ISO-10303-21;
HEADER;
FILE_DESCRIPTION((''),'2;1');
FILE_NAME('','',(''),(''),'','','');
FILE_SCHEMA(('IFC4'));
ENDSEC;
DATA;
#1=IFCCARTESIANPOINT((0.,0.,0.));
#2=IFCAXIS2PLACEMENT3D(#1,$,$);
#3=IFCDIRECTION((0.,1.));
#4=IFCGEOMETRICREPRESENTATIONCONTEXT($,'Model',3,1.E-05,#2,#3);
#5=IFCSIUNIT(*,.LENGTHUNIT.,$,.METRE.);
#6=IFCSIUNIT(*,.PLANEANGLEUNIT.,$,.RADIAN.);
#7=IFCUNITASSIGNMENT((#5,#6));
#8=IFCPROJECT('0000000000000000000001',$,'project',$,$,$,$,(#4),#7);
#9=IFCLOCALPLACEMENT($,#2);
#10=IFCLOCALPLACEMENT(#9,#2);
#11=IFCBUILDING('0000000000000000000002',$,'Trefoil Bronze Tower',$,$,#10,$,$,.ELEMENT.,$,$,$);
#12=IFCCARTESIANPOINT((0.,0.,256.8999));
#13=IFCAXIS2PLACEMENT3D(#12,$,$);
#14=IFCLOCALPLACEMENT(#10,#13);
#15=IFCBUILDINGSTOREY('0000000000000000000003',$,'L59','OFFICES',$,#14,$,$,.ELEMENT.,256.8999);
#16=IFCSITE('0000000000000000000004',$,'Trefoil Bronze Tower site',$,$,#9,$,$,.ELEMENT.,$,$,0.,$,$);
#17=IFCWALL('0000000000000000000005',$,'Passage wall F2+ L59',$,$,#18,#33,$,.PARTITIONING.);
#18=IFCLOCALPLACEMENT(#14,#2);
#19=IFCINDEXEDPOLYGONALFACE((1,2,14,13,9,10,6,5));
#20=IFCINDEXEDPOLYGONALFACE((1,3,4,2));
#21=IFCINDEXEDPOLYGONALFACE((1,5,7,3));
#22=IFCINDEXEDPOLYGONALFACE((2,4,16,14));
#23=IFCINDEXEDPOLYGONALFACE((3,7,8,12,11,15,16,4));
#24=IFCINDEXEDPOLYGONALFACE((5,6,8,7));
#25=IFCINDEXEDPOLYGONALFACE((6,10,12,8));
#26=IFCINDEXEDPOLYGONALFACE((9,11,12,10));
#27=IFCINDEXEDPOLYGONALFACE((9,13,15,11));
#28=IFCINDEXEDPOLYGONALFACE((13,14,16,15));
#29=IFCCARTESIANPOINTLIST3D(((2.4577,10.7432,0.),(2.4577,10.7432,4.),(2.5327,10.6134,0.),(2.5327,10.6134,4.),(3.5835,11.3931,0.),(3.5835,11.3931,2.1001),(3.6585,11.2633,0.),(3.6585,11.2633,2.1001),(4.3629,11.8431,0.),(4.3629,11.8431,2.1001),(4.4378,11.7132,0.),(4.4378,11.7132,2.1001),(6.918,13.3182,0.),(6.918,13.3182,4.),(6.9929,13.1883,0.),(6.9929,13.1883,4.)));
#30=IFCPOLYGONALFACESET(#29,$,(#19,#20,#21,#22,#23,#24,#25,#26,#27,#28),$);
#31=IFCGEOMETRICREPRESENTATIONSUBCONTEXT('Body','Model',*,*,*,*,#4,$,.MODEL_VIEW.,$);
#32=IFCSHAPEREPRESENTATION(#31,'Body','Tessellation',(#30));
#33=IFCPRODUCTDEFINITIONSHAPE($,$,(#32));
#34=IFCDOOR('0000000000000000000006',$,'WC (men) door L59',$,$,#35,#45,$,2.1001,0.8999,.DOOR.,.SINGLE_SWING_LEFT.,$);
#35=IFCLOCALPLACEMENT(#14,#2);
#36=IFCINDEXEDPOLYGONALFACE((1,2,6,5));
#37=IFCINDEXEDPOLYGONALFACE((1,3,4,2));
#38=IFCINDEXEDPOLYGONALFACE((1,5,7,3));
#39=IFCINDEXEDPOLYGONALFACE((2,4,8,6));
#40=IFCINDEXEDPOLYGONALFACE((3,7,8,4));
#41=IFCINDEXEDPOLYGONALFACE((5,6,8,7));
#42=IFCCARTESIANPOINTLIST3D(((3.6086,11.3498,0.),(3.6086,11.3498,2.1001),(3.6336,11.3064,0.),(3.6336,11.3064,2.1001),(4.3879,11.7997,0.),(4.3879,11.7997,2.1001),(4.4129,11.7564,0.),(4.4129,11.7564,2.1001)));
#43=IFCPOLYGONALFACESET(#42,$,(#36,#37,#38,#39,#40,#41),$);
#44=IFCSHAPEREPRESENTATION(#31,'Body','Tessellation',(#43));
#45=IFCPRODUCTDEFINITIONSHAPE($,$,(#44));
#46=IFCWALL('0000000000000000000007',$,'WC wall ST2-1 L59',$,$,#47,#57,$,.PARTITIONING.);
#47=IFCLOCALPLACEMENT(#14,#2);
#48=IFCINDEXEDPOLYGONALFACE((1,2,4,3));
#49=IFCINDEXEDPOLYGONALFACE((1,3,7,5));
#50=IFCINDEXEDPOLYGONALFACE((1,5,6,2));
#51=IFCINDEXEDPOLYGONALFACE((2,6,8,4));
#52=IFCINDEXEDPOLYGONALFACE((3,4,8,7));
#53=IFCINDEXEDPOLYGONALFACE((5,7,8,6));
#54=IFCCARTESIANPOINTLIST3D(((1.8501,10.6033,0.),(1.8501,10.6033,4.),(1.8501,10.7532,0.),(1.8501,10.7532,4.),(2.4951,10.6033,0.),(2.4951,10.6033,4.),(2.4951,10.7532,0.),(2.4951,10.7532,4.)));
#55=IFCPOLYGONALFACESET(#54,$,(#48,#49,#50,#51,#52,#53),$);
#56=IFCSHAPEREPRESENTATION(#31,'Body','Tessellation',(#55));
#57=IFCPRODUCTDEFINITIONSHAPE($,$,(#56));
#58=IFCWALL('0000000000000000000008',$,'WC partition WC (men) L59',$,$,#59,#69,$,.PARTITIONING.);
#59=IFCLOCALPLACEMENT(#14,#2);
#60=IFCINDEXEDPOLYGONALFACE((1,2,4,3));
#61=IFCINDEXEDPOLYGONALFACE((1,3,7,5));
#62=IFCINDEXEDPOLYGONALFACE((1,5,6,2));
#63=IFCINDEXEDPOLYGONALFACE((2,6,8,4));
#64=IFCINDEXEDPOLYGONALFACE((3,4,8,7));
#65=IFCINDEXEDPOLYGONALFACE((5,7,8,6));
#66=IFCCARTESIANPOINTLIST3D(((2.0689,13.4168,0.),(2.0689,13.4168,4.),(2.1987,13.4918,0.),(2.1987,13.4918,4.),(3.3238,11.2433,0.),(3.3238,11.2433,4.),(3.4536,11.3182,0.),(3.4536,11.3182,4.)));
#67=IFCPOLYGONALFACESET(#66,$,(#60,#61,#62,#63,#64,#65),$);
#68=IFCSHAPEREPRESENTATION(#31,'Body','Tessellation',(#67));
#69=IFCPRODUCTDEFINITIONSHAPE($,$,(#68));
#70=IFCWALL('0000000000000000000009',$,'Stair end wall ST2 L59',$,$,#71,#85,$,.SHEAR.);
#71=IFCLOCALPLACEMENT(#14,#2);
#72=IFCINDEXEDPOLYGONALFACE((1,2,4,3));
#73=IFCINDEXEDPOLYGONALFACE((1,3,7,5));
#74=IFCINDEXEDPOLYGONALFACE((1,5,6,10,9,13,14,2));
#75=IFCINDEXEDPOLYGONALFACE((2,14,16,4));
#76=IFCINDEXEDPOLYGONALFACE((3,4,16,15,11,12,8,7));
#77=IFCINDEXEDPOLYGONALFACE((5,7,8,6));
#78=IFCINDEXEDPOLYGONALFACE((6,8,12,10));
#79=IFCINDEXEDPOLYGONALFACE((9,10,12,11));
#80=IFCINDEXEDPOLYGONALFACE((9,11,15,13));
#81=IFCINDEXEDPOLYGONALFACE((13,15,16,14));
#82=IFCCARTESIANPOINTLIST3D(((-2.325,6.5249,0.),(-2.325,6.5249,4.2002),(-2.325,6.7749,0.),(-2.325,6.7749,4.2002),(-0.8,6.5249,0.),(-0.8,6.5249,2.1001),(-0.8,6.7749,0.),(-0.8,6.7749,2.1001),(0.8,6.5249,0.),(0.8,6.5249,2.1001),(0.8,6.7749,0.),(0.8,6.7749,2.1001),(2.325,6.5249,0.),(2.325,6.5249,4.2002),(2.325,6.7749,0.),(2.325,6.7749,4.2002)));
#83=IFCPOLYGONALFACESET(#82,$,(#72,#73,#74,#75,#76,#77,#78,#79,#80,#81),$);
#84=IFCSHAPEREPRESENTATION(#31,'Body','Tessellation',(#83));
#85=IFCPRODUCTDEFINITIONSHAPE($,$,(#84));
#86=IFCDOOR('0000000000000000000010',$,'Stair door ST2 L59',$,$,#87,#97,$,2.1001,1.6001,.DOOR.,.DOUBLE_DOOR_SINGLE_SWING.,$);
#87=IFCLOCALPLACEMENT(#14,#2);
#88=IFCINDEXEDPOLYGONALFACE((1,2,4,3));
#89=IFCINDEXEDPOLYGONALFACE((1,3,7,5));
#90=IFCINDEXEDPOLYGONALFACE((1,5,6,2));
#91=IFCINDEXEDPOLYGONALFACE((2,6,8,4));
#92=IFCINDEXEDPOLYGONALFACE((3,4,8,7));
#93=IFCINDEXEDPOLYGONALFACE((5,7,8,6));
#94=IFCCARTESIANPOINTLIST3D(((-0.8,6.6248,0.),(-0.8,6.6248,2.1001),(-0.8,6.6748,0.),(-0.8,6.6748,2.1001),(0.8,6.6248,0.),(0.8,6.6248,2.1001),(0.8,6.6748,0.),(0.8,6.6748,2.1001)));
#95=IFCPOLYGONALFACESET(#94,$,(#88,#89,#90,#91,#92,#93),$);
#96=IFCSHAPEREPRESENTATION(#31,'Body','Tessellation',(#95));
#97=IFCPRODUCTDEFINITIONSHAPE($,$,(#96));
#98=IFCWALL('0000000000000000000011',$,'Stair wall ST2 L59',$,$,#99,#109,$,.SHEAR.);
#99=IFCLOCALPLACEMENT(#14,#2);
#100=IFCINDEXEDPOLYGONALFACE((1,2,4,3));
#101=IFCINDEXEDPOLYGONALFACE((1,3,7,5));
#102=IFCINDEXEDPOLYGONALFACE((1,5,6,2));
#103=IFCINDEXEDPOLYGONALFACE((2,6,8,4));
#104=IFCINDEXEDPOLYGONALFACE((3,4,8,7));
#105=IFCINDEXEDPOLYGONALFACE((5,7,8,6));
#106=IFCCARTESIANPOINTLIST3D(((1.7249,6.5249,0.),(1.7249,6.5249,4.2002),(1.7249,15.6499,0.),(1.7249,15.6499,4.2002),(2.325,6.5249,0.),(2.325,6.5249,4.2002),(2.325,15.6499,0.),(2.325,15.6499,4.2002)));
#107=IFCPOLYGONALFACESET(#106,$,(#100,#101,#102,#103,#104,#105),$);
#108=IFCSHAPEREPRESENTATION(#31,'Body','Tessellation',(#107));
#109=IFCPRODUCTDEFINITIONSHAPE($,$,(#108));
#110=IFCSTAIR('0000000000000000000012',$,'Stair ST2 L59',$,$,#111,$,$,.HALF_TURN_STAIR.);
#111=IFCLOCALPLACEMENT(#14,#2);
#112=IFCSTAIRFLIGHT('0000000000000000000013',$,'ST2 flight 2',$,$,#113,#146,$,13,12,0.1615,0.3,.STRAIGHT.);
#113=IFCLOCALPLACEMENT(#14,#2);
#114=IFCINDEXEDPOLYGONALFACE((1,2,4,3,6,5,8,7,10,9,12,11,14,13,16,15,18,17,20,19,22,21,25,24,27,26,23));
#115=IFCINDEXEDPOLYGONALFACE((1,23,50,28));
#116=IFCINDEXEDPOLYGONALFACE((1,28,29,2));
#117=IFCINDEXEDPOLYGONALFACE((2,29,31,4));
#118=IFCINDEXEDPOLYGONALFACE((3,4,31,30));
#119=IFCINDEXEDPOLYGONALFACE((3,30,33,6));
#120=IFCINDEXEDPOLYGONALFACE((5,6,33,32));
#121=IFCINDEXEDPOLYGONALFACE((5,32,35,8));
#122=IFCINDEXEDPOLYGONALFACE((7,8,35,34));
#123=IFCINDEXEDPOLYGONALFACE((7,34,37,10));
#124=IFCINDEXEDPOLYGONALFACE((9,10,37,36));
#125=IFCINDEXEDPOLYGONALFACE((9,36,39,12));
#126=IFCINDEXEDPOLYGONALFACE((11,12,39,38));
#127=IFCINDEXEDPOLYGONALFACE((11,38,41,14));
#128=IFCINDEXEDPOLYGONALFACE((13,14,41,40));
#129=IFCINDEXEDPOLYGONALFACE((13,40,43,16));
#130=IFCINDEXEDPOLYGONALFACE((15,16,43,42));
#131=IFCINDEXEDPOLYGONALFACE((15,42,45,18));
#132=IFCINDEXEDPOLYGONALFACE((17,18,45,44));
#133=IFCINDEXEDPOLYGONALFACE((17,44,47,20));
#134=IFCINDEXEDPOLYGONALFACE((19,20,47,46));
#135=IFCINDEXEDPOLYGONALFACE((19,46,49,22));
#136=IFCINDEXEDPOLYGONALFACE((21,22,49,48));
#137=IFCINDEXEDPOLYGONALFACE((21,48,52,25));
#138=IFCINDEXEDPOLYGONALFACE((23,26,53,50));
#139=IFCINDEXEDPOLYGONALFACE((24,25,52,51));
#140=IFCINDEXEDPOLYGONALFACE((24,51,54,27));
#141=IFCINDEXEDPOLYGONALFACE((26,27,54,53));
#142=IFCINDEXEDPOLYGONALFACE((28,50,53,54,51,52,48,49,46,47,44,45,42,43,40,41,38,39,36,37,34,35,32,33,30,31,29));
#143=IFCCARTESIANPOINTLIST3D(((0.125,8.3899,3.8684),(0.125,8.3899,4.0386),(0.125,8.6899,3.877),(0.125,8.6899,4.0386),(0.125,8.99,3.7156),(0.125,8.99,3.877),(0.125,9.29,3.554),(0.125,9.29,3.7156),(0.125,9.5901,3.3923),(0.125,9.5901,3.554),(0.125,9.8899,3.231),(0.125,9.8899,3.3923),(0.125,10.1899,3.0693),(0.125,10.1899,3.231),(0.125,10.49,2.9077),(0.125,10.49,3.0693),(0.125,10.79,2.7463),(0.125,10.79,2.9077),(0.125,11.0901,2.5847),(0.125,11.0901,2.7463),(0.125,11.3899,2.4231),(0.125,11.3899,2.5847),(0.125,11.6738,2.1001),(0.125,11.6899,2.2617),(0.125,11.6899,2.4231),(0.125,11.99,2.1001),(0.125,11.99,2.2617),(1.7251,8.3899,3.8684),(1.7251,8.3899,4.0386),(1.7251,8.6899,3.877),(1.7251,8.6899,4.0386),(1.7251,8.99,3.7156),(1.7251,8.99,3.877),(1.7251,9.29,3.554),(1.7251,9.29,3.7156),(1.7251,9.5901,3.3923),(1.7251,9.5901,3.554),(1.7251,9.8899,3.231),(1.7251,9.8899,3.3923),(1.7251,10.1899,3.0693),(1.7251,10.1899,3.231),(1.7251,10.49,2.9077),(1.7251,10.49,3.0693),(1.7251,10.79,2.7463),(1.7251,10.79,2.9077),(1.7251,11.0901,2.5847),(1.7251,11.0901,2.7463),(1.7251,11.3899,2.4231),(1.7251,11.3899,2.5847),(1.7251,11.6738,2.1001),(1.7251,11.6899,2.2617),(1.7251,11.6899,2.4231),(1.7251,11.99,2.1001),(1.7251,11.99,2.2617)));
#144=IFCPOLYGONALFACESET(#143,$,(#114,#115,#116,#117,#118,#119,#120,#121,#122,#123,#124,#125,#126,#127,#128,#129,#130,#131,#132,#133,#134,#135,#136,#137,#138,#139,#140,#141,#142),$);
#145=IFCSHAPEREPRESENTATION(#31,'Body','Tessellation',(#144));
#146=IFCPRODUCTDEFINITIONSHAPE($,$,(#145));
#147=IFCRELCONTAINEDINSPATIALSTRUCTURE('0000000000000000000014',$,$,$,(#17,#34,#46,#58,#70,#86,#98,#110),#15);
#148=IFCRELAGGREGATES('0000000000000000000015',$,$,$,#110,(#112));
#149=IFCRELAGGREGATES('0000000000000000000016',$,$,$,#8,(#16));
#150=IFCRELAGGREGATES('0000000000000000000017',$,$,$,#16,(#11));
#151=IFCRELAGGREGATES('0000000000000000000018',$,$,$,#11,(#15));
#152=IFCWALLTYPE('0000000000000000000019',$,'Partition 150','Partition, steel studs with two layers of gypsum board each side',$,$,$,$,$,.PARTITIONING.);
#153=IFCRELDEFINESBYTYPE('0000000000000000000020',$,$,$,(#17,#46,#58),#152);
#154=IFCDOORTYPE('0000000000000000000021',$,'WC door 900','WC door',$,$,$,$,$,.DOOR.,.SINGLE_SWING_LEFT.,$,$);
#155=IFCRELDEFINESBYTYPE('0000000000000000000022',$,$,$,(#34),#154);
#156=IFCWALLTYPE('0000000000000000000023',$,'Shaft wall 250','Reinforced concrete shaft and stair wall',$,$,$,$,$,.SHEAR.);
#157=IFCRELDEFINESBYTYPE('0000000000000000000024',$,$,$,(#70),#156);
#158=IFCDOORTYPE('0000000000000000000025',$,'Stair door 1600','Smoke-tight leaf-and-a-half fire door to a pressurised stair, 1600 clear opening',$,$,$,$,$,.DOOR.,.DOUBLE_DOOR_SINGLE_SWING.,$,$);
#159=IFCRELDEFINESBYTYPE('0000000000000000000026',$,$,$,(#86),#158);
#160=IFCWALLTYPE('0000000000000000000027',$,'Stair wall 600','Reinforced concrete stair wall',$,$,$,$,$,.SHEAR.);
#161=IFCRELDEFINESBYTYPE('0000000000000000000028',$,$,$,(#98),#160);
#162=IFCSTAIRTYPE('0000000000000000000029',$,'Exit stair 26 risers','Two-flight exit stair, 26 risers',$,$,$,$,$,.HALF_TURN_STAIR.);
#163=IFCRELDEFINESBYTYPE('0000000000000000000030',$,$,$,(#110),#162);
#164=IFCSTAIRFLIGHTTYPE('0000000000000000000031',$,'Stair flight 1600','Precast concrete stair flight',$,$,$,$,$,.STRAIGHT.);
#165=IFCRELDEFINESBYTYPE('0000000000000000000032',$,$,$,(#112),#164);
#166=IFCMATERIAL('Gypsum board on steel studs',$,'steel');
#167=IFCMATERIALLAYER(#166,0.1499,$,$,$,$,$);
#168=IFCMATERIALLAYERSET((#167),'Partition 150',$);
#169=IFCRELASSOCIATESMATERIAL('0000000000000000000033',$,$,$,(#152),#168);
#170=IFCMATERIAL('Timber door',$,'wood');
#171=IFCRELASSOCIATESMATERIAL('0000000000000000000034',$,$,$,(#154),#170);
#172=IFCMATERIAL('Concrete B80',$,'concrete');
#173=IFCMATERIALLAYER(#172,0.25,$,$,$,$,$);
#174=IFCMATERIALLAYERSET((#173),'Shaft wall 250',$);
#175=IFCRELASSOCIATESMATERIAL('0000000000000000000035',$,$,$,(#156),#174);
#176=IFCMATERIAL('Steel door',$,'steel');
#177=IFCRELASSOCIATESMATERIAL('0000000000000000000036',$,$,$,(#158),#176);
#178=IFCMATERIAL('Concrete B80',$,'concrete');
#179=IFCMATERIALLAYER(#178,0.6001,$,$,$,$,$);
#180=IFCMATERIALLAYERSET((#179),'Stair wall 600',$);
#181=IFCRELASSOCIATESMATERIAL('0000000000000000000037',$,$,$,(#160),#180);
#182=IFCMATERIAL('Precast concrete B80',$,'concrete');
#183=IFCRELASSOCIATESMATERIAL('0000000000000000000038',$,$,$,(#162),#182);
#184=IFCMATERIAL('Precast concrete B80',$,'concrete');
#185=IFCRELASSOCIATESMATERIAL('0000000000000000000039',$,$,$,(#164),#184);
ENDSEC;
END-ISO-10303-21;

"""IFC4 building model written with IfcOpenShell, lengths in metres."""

from ifc_helpers import new_model, si_unit, direction, frame, frame_2d, origin, place, context, subcontext, project, spatial, polyline, rectangle, outline, extrude, material, layer, layer_set, type_object, element, fill, aggregate, save


model = new_model("IFC4")

# Units and contexts
model_context = context("Model", 3, precision=1e-05, world=origin(), true_north=direction((0.0, 1.0)))
body_context = subcontext(model_context, "Body", "Model", "MODEL_VIEW")
ifc_project = project(units=[si_unit("LENGTHUNIT", "METRE"), si_unit("PLANEANGLEUNIT", "RADIAN")], contexts=[model_context])

# Site, building, storey
site_placement = place(None, origin())
site = spatial("IfcSite", under=ifc_project, at=site_placement, Name="Trefoil Bronze Tower site", CompositionType="ELEMENT", RefElevation=0.0)
building_placement = place(site_placement, origin())
building = spatial("IfcBuilding", under=site, at=building_placement, Name="Trefoil Bronze Tower", CompositionType="ELEMENT")
storey_placement = place(building_placement, frame((0.0, 0.0, 256.8999)))
storey = spatial("IfcBuildingStorey", under=building, at=storey_placement, Name="L59", Description="OFFICES", CompositionType="ELEMENT", Elevation=256.8999)

# Wall, opening, door
ifc_material_1 = material(Name="Gypsum board on steel studs", Category="steel")
ifc_layer_1 = layer(ifc_material_1, 0.1499)
ifc_layer_set_1 = layer_set([ifc_layer_1], Name="Partition 150")
wall_type_1 = type_object("IfcWallType", Name="Partition 150", Description="Partition, steel studs with two layers of gypsum board each side", PredefinedType="PARTITIONING", material=ifc_layer_set_1)
wall_1_placement = place(storey_placement, frame((2.4951, 10.6782, 0.0), z_axis=(0.0, 0.0, 1.0), x_axis=(0.866038, 0.499978, 0.0)))
wall_1 = element("IfcWall", 1, at=wall_1_placement, inside=storey, type_object=wall_type_1, Name="Passage wall F2+ L59", PredefinedType="PARTITIONING", context=body_context, shape_type="SweptSolid", body=[
    extrude(rectangle(XDim=5.1501, YDim=0.1499, at=frame_2d((2.5752, 0.0))), origin(), (0.0, 0.0, 1.0), 4.0),
])
opening_1_placement = place(wall_1_placement, frame((1.3, 0.0, 0.0)))
opening_1 = element("IfcOpeningElement", 2, at=opening_1_placement, cuts=wall_1, PredefinedType="OPENING", context=body_context, shape_type="SweptSolid", body=[
    extrude(rectangle(XDim=0.8999, YDim=2.1001, at=frame_2d((0.45, 1.05))), frame((0.0, 0.085, 0.0), z_axis=(0.0, -1.0, 0.0), x_axis=(1.0, 0.0, 0.0)), (0.0, 0.0, 1.0), 0.1699),
])
ifc_material_2 = material(Name="Timber door", Category="wood")
door_type_1 = type_object("IfcDoorType", Name="WC door 900", Description="WC door", OperationType="SINGLE_SWING_LEFT", PredefinedType="DOOR", material=ifc_material_2)
door_1_placement = place(opening_1_placement, origin())
door_1 = element("IfcDoor", 3, at=door_1_placement, inside=storey, type_object=door_type_1, Name="WC (men) door L59", OperationType="SINGLE_SWING_LEFT", OverallHeight=2.1001, OverallWidth=0.8999, PredefinedType="DOOR", context=body_context, shape_type="SweptSolid", body=[
    extrude(rectangle(XDim=0.8999, YDim=2.1001, at=frame_2d((0.45, 1.05))), frame((0.0, 0.0249, 0.0), z_axis=(0.0, -1.0, 0.0), x_axis=(1.0, 0.0, 0.0)), (0.0, 0.0, 1.0), 0.05),
])
fill(opening_1, door_1)

# Walls
wall_2_placement = place(storey_placement, frame((2.4951, 10.6782, 0.0), z_axis=(0.0, 0.0, 1.0), x_axis=(-1.0, 0.0, 0.0)))
element("IfcWall", 4, at=wall_2_placement, inside=storey, type_object=wall_type_1, Name="WC wall ST2-1 L59", PredefinedType="PARTITIONING", context=body_context, shape_type="SweptSolid", body=[
    extrude(rectangle(XDim=0.645, YDim=0.1499, at=frame_2d((0.3225, 0.0))), origin(), (0.0, 0.0, 1.0), 4.0),
])
wall_3_placement = place(storey_placement, frame((3.3887, 11.2808, 0.0), z_axis=(0.0, 0.0, 1.0), x_axis=(-0.499989, 0.866032, 0.0)))
element("IfcWall", 5, at=wall_3_placement, inside=storey, type_object=wall_type_1, Name="WC partition WC (men) L59", PredefinedType="PARTITIONING", context=body_context, shape_type="SweptSolid", body=[
    extrude(rectangle(XDim=2.5098, YDim=0.1499, at=frame_2d((1.2549, 0.0))), origin(), (0.0, 0.0, 1.0), 4.0),
])

# Wall, opening, door
ifc_material_3 = material(Name="Concrete B80", Category="concrete")
ifc_layer_2 = layer(ifc_material_3, 0.25)
ifc_layer_set_2 = layer_set([ifc_layer_2], Name="Shaft wall 250")
wall_type_2 = type_object("IfcWallType", Name="Shaft wall 250", Description="Reinforced concrete shaft and stair wall", PredefinedType="SHEAR", material=ifc_layer_set_2)
wall_4_placement = place(storey_placement, frame((2.325, 6.6499, 0.0), z_axis=(0.0, 0.0, 1.0), x_axis=(-1.0, 0.0, 0.0)))
wall_4 = element("IfcWall", 6, at=wall_4_placement, inside=storey, type_object=wall_type_2, Name="Stair end wall ST2 L59", PredefinedType="SHEAR", context=body_context, shape_type="SweptSolid", body=[
    extrude(rectangle(XDim=4.6499, YDim=0.25, at=frame_2d((2.325, 0.0))), origin(), (0.0, 0.0, 1.0), 4.2002),
])
opening_2_placement = place(wall_4_placement, frame((1.5249, 0.0, 0.0)))
opening_2 = element("IfcOpeningElement", 7, at=opening_2_placement, cuts=wall_4, PredefinedType="OPENING", context=body_context, shape_type="SweptSolid", body=[
    extrude(rectangle(XDim=1.6001, YDim=2.1001, at=frame_2d((0.8, 1.05))), frame((0.0, 0.135, 0.0), z_axis=(0.0, -1.0, 0.0), x_axis=(1.0, 0.0, 0.0)), (0.0, 0.0, 1.0), 0.27),
])
ifc_material_4 = material(Name="Steel door", Category="steel")
door_type_2 = type_object("IfcDoorType", Name="Stair door 1600", Description="Smoke-tight leaf-and-a-half fire door to a pressurised stair, 1600 clear opening", OperationType="DOUBLE_DOOR_SINGLE_SWING", PredefinedType="DOOR", material=ifc_material_4)
door_2_placement = place(opening_2_placement, frame((1.6001, 0.0, 0.0), z_axis=(0.0, 0.0, 1.0), x_axis=(-1.0, 0.0, 0.0)))
door_2 = element("IfcDoor", 8, at=door_2_placement, inside=storey, type_object=door_type_2, Name="Stair door ST2 L59", OperationType="DOUBLE_DOOR_SINGLE_SWING", OverallHeight=2.1001, OverallWidth=1.6001, PredefinedType="DOOR", context=body_context, shape_type="SweptSolid", body=[
    extrude(rectangle(XDim=1.6001, YDim=2.1001, at=frame_2d((0.8, 1.05))), frame((0.0, 0.0249, 0.0), z_axis=(0.0, -1.0, 0.0), x_axis=(1.0, 0.0, 0.0)), (0.0, 0.0, 1.0), 0.05),
])
fill(opening_2, door_2)

# Wall
ifc_material_5 = material(Name="Concrete B80", Category="concrete")
ifc_layer_3 = layer(ifc_material_5, 0.6001)
ifc_layer_set_3 = layer_set([ifc_layer_3], Name="Stair wall 600")
wall_type_3 = type_object("IfcWallType", Name="Stair wall 600", Description="Reinforced concrete stair wall", PredefinedType="SHEAR", material=ifc_layer_set_3)
wall_5_placement = place(storey_placement, frame((2.0249, 6.5249, 0.0), z_axis=(0.0, 0.0, 1.0), x_axis=(0.0, 1.0, 0.0)))
element("IfcWall", 9, at=wall_5_placement, inside=storey, type_object=wall_type_3, Name="Stair wall ST2 L59", PredefinedType="SHEAR", context=body_context, shape_type="SweptSolid", body=[
    extrude(rectangle(XDim=9.125, YDim=0.6001, at=frame_2d((4.5625, 0.0))), origin(), (0.0, 0.0, 1.0), 4.2002),
])

# Stair, stair flight
ifc_material_6 = material(Name="Precast concrete B80", Category="concrete")
stair_type = type_object("IfcStairType", Name="Exit stair 26 risers", Description="Two-flight exit stair, 26 risers", PredefinedType="HALF_TURN_STAIR", material=ifc_material_6)
stair_placement = place(storey_placement, origin())
stair = element("IfcStair", 10, at=stair_placement, inside=storey, type_object=stair_type, Name="Stair ST2 L59", PredefinedType="HALF_TURN_STAIR")
ifc_material_7 = material(Name="Precast concrete B80", Category="concrete")
stair_flight_type = type_object("IfcStairFlightType", Name="Stair flight 1600", Description="Precast concrete stair flight", PredefinedType="STRAIGHT", material=ifc_material_7)
stair_flight_placement = place(storey_placement, frame((0.925, 11.99, 2.1001), z_axis=(0.0, 0.0, 1.0), x_axis=(0.0, -1.0, 0.0)))
stair_flight = element("IfcStairFlight", 11, at=stair_flight_placement, type_object=stair_flight_type, Name="ST2 flight 2", NumberOfRisers=13, NumberOfTreads=12, PredefinedType="STRAIGHT", RiserHeight=0.1615, TreadLength=0.3, context=body_context, shape_type="SweptSolid", body=[
    extrude(outline(polyline([(0.0, 0.0), (0.0, 0.1616), (0.3, 0.1616), (0.3, 0.323), (0.6001, 0.323), (0.6001, 0.4846), (0.8999, 0.4846), (0.8999, 0.6462), (1.2, 0.6462), (1.2, 0.8076), (1.5, 0.8076), (1.5, 0.9692), (1.8, 0.9692), (1.8, 1.1309), (2.1001, 1.1309), (2.1001, 1.2922), (2.3999, 1.2922), (2.3999, 1.4539), (2.7, 1.4539), (2.7, 1.6155), (3.0, 1.6155), (3.0, 1.7769), (3.3, 1.7769), (3.3, 1.9385), (3.6001, 1.9385), (3.6001, 2.1001), (3.6001, 1.7683), (0.3162, 0.0), (0.0, 0.0)])), frame((0.0, 0.8, 0.0), z_axis=(0.0, -1.0, 0.0), x_axis=(1.0, 0.0, 0.0)), (0.0, 0.0, 1.0), 1.6001),
])
aggregate(stair, [stair_flight])

save(model, "model.ifc")
